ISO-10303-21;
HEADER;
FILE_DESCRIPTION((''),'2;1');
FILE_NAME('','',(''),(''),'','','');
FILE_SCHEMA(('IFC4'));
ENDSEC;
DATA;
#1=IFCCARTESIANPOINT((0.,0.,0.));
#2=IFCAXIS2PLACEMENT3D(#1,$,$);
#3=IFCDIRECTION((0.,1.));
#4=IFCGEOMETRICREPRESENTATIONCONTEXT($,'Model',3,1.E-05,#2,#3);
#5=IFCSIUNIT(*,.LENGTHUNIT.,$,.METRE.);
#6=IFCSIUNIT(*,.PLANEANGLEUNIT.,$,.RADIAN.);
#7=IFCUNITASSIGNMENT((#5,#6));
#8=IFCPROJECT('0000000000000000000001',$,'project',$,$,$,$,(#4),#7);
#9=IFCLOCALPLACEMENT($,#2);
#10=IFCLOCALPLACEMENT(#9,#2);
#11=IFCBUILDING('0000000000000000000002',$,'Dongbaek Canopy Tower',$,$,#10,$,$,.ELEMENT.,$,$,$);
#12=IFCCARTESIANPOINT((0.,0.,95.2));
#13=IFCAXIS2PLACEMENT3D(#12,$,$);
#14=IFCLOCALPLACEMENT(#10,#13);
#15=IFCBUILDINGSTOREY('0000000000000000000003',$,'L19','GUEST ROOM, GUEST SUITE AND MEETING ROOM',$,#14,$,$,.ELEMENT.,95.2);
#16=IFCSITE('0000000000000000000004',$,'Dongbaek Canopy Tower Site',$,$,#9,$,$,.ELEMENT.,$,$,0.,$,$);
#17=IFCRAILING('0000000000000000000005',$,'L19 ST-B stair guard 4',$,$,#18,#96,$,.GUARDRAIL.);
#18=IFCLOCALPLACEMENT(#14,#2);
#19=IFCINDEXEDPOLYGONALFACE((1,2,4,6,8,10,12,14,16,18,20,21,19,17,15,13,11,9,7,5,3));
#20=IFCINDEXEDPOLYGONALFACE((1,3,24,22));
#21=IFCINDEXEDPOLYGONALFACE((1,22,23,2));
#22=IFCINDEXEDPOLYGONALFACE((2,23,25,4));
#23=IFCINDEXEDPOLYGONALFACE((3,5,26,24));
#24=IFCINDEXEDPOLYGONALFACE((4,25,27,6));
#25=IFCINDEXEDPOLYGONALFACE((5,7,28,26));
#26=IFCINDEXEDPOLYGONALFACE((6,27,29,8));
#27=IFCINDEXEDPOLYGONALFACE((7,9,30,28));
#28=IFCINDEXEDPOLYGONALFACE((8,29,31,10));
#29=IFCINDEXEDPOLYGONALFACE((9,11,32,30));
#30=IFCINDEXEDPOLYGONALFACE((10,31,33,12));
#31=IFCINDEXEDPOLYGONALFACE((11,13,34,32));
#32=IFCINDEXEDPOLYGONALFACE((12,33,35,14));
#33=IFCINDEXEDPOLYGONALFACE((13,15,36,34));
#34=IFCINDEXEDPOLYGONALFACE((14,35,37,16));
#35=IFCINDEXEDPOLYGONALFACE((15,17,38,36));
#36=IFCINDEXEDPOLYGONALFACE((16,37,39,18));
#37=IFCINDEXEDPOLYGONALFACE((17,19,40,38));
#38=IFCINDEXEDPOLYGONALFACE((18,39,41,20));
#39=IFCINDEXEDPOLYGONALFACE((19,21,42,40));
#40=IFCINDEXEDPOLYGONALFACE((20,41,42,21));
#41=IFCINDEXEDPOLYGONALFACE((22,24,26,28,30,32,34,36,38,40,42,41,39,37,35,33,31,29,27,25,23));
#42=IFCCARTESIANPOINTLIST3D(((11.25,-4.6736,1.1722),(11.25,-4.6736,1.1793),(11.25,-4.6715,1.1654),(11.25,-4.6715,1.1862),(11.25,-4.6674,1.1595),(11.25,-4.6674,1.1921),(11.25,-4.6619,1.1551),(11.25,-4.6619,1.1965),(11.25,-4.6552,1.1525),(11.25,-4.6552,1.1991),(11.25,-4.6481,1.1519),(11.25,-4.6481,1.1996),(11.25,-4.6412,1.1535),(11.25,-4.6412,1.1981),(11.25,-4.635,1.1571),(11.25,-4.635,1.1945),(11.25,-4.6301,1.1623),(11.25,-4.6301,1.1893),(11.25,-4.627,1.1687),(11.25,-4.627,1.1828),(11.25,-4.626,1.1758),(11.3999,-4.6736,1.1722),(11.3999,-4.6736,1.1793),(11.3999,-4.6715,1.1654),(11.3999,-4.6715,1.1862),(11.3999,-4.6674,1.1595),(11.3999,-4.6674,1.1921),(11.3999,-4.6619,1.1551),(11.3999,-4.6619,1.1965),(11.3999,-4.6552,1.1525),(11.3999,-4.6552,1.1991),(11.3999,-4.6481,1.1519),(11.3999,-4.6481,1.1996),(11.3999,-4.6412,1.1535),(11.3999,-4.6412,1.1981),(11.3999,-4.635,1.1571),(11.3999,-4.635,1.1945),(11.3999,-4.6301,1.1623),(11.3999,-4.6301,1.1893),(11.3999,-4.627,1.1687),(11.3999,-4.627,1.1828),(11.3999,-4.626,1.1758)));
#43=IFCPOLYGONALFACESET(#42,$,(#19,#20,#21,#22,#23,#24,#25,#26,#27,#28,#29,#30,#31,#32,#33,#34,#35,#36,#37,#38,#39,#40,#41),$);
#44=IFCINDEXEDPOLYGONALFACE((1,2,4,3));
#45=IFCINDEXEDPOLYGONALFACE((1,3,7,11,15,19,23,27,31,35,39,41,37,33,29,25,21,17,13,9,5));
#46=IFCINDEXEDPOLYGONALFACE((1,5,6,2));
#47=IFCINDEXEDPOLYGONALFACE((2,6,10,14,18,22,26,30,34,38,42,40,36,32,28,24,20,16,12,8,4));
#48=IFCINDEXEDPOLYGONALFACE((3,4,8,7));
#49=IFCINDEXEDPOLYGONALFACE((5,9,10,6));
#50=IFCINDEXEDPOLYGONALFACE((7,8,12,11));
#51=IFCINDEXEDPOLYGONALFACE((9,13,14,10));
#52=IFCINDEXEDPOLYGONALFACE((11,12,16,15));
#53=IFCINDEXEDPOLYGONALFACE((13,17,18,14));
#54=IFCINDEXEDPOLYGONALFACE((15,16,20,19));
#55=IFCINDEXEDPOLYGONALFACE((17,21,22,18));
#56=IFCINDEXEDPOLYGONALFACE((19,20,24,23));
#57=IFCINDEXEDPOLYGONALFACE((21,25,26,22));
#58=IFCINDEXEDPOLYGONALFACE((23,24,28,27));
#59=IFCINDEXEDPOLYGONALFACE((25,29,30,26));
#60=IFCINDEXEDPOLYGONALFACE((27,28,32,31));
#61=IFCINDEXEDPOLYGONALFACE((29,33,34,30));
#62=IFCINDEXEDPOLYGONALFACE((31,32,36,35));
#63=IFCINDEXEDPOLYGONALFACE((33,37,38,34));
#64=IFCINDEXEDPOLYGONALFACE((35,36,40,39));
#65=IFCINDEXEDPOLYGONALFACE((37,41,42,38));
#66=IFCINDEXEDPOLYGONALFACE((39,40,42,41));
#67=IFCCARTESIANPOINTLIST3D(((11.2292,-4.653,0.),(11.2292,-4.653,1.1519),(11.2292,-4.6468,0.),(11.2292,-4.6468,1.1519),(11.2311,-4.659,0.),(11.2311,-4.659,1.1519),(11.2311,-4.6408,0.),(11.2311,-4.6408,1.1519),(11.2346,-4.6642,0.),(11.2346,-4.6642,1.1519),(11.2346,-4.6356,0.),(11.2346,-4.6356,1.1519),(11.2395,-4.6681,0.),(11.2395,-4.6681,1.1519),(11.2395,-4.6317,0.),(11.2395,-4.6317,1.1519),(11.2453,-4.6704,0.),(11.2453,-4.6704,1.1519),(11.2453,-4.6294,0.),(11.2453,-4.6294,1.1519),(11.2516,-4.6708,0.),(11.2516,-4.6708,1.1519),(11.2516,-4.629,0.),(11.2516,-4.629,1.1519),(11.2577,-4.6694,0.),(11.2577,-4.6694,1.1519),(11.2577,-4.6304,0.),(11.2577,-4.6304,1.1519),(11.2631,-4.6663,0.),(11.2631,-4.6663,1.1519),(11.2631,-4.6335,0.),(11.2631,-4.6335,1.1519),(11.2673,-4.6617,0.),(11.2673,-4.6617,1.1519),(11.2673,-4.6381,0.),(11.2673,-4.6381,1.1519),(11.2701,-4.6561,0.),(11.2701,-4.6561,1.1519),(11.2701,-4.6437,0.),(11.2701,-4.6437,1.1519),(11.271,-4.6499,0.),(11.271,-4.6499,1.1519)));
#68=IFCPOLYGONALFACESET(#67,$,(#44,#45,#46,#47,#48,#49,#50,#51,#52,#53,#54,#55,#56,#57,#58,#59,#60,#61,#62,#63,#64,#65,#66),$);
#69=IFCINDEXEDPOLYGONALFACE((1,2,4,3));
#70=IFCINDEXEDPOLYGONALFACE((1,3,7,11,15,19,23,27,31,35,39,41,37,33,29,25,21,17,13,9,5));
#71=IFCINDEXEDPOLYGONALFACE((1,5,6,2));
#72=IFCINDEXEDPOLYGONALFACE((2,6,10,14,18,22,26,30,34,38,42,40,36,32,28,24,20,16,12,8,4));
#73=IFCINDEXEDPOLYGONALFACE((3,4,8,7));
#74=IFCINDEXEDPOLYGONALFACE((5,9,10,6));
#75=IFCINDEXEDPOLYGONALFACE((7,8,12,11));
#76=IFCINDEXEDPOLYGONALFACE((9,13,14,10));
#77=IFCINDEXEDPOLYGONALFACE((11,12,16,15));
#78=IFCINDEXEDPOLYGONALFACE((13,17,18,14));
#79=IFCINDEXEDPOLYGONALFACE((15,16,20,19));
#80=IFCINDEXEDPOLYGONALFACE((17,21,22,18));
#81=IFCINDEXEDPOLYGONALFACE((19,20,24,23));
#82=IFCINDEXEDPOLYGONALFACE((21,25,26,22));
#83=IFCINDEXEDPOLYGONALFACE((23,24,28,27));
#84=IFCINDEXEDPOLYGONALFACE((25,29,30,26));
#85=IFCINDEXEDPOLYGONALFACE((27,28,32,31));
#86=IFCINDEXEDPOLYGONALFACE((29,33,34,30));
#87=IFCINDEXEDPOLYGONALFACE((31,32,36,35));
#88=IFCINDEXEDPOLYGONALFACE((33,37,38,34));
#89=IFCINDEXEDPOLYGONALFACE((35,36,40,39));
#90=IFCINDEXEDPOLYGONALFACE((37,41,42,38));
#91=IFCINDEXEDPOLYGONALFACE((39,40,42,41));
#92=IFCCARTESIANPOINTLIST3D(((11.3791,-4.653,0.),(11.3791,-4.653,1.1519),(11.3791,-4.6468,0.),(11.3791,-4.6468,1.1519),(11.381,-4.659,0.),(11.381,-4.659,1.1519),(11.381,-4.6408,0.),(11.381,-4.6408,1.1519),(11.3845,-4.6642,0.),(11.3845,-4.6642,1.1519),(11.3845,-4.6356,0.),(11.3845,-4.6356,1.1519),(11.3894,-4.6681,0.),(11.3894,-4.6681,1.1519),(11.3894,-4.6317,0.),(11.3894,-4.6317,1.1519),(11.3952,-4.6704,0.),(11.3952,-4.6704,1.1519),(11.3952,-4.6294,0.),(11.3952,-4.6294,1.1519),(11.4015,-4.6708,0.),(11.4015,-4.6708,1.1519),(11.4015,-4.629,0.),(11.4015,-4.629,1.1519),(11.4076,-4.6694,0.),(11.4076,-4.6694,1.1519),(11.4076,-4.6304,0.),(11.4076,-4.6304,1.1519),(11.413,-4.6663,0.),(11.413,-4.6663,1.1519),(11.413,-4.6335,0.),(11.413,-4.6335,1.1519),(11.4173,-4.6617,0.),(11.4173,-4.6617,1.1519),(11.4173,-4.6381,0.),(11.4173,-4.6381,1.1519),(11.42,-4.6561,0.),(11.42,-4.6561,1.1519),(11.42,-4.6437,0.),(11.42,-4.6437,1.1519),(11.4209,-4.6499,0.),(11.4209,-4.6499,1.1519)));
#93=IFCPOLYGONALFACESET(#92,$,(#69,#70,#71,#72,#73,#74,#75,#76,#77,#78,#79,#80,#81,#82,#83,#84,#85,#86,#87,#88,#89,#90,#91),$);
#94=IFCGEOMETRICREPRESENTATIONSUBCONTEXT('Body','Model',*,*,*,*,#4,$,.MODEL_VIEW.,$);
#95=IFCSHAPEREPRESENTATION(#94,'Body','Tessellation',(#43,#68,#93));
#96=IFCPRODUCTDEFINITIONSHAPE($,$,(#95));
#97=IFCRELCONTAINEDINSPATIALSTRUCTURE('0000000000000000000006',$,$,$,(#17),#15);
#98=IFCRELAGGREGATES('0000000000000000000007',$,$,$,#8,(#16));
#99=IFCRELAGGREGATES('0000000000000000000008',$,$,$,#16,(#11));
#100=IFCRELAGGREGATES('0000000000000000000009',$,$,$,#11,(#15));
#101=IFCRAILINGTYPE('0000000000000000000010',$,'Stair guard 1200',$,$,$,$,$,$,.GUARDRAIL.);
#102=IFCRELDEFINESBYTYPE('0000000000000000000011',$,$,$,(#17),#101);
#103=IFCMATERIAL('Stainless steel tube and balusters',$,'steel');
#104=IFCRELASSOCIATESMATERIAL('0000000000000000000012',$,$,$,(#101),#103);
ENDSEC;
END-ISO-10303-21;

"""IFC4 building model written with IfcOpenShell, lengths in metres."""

from ifc_helpers import new_model, si_unit, direction, frame, origin, origin_2d, place, context, subcontext, project, spatial, circle, extrude, material, type_object, element, save


model = new_model("IFC4")

# Units and contexts
model_context = context("Model", 3, precision=1e-05, world=origin(), true_north=direction((0.0, 1.0)))
body_context = subcontext(model_context, "Body", "Model", "MODEL_VIEW")
ifc_project = project(units=[si_unit("LENGTHUNIT", "METRE"), si_unit("PLANEANGLEUNIT", "RADIAN")], contexts=[model_context])

# Site, building, storey
site_placement = place(None, origin())
site = spatial("IfcSite", under=ifc_project, at=site_placement, Name="Dongbaek Canopy Tower Site", CompositionType="ELEMENT", RefElevation=0.0)
building_placement = place(site_placement, origin())
building = spatial("IfcBuilding", under=site, at=building_placement, Name="Dongbaek Canopy Tower", CompositionType="ELEMENT")
storey_placement = place(building_placement, frame((0.0, 0.0, 95.2)))
storey = spatial("IfcBuildingStorey", under=building, at=storey_placement, Name="L19", Description="GUEST ROOM, GUEST SUITE AND MEETING ROOM", CompositionType="ELEMENT", Elevation=95.2)

# Railing
ifc_material_1 = material(Name="Stainless steel tube and balusters", Category="steel")
railing_type_1 = type_object("IfcRailingType", Name="Stair guard 1200", PredefinedType="GUARDRAIL", material=ifc_material_1)
railing_1_placement = place(storey_placement, frame((11.25, -4.6499, 0.0)))
element("IfcRailing", 1, at=railing_1_placement, inside=storey, type_object=railing_type_1, Name="L19 ST-B stair guard 4", PredefinedType="GUARDRAIL", context=body_context, shape_type="SweptSolid", body=[
    extrude(circle(Radius=0.0239, at=origin_2d()), frame((0.0, 0.0, 1.1758), z_axis=(1.0, 0.0, 0.0), x_axis=(0.0, 1.0, 0.0)), (0.0, 0.0, 1.0), 0.1499),
    extrude(circle(Radius=0.021, at=origin_2d()), origin(), (0.0, 0.0, 1.0), 1.1519),
    extrude(circle(Radius=0.021, at=origin_2d()), frame((0.1499, 0.0, 0.0)), (0.0, 0.0, 1.0), 1.1519),
])

save(model, "model.ifc")
